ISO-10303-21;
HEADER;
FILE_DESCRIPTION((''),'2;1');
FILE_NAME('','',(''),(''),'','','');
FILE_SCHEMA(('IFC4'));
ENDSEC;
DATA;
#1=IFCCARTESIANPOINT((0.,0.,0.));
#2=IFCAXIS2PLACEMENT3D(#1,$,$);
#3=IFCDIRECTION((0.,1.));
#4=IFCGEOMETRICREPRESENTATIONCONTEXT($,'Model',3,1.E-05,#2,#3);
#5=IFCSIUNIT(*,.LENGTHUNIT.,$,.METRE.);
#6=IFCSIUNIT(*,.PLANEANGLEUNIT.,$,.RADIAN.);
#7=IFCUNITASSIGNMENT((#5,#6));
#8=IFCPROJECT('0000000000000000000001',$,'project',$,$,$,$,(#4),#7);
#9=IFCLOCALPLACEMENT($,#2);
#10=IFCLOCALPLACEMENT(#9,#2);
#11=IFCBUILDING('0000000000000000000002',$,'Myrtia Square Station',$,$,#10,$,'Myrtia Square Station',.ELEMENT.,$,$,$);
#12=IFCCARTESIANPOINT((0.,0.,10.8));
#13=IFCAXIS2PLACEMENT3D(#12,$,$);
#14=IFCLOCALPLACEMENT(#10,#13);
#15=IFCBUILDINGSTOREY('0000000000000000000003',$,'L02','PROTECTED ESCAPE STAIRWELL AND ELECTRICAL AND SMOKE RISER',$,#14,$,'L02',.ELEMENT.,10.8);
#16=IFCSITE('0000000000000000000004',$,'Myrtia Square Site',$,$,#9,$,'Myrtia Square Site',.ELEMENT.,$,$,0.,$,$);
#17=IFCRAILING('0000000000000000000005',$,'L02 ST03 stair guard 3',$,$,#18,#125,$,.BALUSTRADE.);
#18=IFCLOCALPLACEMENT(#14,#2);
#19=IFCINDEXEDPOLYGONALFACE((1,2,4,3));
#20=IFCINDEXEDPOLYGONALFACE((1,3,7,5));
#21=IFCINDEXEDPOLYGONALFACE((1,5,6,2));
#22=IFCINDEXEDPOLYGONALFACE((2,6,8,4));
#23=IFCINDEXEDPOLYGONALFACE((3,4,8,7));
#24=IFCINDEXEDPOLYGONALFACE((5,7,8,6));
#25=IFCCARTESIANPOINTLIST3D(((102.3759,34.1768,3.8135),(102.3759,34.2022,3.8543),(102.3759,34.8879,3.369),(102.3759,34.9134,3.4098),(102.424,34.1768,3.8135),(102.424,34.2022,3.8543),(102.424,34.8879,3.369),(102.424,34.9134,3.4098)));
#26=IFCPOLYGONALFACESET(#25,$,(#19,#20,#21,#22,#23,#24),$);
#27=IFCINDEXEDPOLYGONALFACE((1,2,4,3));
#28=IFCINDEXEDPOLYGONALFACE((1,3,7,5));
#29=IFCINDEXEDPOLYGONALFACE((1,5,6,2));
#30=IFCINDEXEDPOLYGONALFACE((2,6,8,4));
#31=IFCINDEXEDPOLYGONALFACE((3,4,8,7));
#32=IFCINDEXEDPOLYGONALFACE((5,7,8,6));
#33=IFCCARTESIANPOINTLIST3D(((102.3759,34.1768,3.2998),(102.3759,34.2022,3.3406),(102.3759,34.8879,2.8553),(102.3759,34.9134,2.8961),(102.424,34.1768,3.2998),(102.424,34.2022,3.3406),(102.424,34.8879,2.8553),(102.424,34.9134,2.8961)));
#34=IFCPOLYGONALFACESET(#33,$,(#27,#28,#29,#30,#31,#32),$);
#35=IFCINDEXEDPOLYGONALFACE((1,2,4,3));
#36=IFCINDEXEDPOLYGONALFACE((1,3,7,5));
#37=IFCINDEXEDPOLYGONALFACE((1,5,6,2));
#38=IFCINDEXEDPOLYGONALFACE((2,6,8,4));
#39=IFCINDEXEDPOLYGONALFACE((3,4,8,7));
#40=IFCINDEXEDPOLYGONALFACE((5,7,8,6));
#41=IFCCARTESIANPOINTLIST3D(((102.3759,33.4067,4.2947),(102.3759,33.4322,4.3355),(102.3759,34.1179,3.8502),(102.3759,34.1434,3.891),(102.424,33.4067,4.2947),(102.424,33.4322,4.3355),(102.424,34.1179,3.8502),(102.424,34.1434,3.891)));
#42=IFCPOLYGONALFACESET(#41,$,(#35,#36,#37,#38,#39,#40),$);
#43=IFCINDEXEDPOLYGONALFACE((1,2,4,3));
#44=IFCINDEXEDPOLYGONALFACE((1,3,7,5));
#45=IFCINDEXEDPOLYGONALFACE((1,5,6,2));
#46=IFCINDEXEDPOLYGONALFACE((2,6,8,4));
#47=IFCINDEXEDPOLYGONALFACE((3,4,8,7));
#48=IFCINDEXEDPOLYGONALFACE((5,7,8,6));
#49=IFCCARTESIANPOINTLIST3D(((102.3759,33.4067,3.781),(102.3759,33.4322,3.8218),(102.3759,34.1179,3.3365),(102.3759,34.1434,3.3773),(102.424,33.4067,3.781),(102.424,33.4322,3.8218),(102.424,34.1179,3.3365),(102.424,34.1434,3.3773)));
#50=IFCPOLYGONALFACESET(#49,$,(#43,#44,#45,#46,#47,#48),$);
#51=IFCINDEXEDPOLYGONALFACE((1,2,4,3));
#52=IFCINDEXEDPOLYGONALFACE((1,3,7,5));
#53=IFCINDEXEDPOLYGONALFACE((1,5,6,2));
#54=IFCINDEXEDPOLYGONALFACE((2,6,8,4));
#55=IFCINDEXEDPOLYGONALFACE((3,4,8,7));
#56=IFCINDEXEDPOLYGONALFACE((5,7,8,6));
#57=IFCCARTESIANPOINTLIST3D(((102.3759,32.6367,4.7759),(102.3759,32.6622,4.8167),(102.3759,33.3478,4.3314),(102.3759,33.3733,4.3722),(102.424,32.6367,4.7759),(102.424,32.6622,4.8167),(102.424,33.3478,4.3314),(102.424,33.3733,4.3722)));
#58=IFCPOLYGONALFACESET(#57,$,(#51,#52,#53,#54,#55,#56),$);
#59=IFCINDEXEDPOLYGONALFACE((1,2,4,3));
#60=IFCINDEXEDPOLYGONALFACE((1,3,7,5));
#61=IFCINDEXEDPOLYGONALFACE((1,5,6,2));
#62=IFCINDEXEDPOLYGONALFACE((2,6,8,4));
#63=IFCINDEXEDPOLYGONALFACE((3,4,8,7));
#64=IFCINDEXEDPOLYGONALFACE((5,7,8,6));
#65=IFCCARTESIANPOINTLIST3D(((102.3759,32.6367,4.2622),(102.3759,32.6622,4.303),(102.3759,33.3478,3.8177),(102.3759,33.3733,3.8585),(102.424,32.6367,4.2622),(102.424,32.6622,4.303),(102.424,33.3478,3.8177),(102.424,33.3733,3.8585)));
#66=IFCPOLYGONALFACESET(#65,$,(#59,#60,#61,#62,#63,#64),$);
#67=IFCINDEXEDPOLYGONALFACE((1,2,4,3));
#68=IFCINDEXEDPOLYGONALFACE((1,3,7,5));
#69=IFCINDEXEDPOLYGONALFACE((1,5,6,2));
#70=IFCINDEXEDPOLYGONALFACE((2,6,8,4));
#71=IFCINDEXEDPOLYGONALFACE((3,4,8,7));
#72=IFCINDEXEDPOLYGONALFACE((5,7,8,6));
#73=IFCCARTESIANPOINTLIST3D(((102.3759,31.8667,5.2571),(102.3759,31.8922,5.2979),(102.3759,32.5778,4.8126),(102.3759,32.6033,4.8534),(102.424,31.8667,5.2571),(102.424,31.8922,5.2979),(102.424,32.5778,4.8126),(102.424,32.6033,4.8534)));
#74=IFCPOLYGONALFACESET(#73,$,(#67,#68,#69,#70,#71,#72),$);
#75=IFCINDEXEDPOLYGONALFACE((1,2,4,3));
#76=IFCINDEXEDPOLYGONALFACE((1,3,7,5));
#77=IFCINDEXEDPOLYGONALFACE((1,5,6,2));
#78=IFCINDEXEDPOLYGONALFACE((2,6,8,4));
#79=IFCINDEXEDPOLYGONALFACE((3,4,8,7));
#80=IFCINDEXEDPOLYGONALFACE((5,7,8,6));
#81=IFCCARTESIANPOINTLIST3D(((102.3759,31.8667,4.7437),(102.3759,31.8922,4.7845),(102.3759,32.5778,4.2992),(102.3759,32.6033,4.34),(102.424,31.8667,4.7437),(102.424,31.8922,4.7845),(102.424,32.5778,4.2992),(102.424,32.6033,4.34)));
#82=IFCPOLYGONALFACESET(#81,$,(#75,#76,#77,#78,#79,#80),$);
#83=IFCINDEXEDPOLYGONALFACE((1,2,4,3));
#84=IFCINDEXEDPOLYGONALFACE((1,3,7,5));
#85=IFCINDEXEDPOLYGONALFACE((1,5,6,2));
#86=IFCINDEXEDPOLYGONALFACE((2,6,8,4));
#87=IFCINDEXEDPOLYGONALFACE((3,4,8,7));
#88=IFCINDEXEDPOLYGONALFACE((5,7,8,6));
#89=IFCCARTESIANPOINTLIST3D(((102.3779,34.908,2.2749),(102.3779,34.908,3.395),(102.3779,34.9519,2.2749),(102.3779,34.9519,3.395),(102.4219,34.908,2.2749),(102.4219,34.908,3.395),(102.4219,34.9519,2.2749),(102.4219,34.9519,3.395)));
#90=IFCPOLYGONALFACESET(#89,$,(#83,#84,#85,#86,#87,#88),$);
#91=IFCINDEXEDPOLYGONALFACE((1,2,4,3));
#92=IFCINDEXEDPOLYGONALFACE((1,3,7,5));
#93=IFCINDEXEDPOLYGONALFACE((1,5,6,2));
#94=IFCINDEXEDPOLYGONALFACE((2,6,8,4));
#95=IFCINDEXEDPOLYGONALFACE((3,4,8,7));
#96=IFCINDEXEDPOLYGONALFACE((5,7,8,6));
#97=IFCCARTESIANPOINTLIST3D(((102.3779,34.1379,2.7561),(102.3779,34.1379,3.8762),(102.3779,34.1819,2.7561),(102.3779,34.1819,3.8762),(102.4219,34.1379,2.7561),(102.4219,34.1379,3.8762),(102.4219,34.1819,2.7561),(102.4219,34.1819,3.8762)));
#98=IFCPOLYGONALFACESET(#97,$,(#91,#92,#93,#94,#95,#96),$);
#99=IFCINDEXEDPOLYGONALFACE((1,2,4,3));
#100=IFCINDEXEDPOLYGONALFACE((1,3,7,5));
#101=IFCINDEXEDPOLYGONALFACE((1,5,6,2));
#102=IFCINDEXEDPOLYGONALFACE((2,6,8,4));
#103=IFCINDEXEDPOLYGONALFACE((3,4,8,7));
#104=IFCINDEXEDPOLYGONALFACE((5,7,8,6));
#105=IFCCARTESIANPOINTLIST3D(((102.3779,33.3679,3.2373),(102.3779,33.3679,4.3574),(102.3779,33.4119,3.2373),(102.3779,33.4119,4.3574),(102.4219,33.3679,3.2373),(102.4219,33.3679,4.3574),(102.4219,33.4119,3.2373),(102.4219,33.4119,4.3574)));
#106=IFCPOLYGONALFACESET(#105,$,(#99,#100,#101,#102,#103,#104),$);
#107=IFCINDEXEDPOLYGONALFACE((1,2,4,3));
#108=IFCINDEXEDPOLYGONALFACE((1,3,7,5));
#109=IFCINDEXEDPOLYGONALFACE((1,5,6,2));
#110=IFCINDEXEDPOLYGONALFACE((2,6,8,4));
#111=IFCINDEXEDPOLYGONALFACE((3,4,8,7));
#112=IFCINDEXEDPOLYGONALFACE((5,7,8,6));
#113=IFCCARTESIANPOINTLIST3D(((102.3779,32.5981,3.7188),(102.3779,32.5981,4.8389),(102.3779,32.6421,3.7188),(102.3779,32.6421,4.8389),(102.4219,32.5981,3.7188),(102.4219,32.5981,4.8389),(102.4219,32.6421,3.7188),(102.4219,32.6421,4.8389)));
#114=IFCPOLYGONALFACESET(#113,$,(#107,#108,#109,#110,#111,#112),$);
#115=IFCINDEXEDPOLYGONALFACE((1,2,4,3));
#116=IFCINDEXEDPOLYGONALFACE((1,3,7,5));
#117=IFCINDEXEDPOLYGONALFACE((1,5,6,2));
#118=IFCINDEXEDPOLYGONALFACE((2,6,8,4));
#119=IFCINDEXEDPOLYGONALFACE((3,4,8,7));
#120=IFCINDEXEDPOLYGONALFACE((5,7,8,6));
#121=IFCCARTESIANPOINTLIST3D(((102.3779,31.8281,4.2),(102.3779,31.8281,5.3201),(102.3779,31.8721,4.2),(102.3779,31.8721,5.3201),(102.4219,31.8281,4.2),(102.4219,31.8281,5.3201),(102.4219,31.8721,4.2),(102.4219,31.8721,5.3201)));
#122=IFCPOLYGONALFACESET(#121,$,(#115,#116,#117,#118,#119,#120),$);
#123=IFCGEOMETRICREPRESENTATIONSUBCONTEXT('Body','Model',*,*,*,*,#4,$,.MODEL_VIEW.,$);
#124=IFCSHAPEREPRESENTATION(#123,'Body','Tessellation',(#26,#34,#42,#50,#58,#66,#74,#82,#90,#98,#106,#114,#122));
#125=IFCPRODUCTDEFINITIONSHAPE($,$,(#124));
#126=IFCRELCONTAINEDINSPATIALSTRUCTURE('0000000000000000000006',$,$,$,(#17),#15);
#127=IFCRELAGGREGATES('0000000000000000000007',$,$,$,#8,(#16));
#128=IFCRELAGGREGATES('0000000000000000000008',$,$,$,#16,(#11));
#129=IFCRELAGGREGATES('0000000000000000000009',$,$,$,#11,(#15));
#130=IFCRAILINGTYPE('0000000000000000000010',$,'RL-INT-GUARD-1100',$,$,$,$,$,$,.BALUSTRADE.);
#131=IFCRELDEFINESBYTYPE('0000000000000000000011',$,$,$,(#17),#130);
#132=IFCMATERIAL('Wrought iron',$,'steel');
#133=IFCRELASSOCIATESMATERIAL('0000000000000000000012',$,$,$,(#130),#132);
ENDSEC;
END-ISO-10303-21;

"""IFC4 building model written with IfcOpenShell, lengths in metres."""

from ifc_helpers import new_model, si_unit, direction, frame, origin, origin_2d, place, context, subcontext, project, spatial, rectangle, extrude, material, type_object, element, save


model = new_model("IFC4")

# Units and contexts
model_context = context("Model", 3, precision=1e-05, world=origin(), true_north=direction((0.0, 1.0)))
body_context = subcontext(model_context, "Body", "Model", "MODEL_VIEW")
ifc_project = project(units=[si_unit("LENGTHUNIT", "METRE"), si_unit("PLANEANGLEUNIT", "RADIAN")], contexts=[model_context])

# Site, building, storey
site_placement = place(None, origin())
site = spatial("IfcSite", under=ifc_project, at=site_placement, Name="Myrtia Square Site", LongName="Myrtia Square Site", CompositionType="ELEMENT", RefElevation=0.0)
building_placement = place(site_placement, origin())
building = spatial("IfcBuilding", under=site, at=building_placement, Name="Myrtia Square Station", LongName="Myrtia Square Station", CompositionType="ELEMENT")
storey_placement = place(building_placement, frame((0.0, 0.0, 10.8)))
storey = spatial("IfcBuildingStorey", under=building, at=storey_placement, Name="L02", Description="PROTECTED ESCAPE STAIRWELL AND ELECTRICAL AND SMOKE RISER", LongName="L02", CompositionType="ELEMENT", Elevation=10.8)

# Railing
ifc_material_1 = material(Name="Wrought iron", Category="steel")
railing_type_1 = type_object("IfcRailingType", Name="RL-INT-GUARD-1100", PredefinedType="BALUSTRADE", material=ifc_material_1)
railing_1_placement = place(storey_placement, frame((102.3999, 34.9299, 2.2749)))
element("IfcRailing", 1, at=railing_1_placement, inside=storey, type_object=railing_type_1, Name="L02 ST03 stair guard 3", PredefinedType="BALUSTRADE", context=body_context, shape_type="SweptSolid", body=[
    extrude(rectangle(XDim=0.0481, YDim=0.0481, at=origin_2d()), frame((0.0, -0.0293, 1.1145), z_axis=(0.0, -0.847979, 0.530029), x_axis=(1.0, 0.0, 0.0)), (0.0, 0.0, 1.0), 0.8386),
    extrude(rectangle(XDim=0.0481, YDim=0.0481, at=origin_2d()), frame((0.0, -0.0293, 0.6008), z_axis=(0.0, -0.847979, 0.530029), x_axis=(1.0, 0.0, 0.0)), (0.0, 0.0, 1.0), 0.8386),
    extrude(rectangle(XDim=0.0481, YDim=0.0481, at=origin_2d()), frame((0.0, -0.7993, 1.5957), z_axis=(0.0, -0.847979, 0.530029), x_axis=(1.0, 0.0, 0.0)), (0.0, 0.0, 1.0), 0.8386),
    extrude(rectangle(XDim=0.0481, YDim=0.0481, at=origin_2d()), frame((0.0, -0.7993, 1.082), z_axis=(0.0, -0.847979, 0.530029), x_axis=(1.0, 0.0, 0.0)), (0.0, 0.0, 1.0), 0.8386),
    extrude(rectangle(XDim=0.0481, YDim=0.0481, at=origin_2d()), frame((0.0, -1.5693, 2.0769), z_axis=(0.0, -0.847979, 0.530029), x_axis=(1.0, 0.0, 0.0)), (0.0, 0.0, 1.0), 0.8386),
    extrude(rectangle(XDim=0.0481, YDim=0.0481, at=origin_2d()), frame((0.0, -1.5693, 1.5632), z_axis=(0.0, -0.847979, 0.530029), x_axis=(1.0, 0.0, 0.0)), (0.0, 0.0, 1.0), 0.8386),
    extrude(rectangle(XDim=0.0481, YDim=0.0481, at=origin_2d()), frame((0.0, -2.3394, 2.5581), z_axis=(0.0, -0.847979, 0.530029), x_axis=(1.0, 0.0, 0.0)), (0.0, 0.0, 1.0), 0.8386),
    extrude(rectangle(XDim=0.0481, YDim=0.0481, at=origin_2d()), frame((0.0, -2.3394, 2.0447), z_axis=(0.0, -0.847979, 0.530029), x_axis=(1.0, 0.0, 0.0)), (0.0, 0.0, 1.0), 0.8386),
    extrude(rectangle(XDim=0.0439, YDim=0.0439, at=origin_2d()), origin(), (0.0, 0.0, 1.0), 1.1201),
    extrude(rectangle(XDim=0.0439, YDim=0.0439, at=origin_2d()), frame((0.0, -0.77, 0.4812)), (0.0, 0.0, 1.0), 1.1201),
    extrude(rectangle(XDim=0.0439, YDim=0.0439, at=origin_2d()), frame((0.0, -1.54, 0.9624)), (0.0, 0.0, 1.0), 1.1201),
    extrude(rectangle(XDim=0.0439, YDim=0.0439, at=origin_2d()), frame((0.0, -2.3098, 1.4438)), (0.0, 0.0, 1.0), 1.1201),
    extrude(rectangle(XDim=0.0439, YDim=0.0439, at=origin_2d()), frame((0.0, -3.0798, 1.925)), (0.0, 0.0, 1.0), 1.1201),
])

save(model, "model.ifc")
